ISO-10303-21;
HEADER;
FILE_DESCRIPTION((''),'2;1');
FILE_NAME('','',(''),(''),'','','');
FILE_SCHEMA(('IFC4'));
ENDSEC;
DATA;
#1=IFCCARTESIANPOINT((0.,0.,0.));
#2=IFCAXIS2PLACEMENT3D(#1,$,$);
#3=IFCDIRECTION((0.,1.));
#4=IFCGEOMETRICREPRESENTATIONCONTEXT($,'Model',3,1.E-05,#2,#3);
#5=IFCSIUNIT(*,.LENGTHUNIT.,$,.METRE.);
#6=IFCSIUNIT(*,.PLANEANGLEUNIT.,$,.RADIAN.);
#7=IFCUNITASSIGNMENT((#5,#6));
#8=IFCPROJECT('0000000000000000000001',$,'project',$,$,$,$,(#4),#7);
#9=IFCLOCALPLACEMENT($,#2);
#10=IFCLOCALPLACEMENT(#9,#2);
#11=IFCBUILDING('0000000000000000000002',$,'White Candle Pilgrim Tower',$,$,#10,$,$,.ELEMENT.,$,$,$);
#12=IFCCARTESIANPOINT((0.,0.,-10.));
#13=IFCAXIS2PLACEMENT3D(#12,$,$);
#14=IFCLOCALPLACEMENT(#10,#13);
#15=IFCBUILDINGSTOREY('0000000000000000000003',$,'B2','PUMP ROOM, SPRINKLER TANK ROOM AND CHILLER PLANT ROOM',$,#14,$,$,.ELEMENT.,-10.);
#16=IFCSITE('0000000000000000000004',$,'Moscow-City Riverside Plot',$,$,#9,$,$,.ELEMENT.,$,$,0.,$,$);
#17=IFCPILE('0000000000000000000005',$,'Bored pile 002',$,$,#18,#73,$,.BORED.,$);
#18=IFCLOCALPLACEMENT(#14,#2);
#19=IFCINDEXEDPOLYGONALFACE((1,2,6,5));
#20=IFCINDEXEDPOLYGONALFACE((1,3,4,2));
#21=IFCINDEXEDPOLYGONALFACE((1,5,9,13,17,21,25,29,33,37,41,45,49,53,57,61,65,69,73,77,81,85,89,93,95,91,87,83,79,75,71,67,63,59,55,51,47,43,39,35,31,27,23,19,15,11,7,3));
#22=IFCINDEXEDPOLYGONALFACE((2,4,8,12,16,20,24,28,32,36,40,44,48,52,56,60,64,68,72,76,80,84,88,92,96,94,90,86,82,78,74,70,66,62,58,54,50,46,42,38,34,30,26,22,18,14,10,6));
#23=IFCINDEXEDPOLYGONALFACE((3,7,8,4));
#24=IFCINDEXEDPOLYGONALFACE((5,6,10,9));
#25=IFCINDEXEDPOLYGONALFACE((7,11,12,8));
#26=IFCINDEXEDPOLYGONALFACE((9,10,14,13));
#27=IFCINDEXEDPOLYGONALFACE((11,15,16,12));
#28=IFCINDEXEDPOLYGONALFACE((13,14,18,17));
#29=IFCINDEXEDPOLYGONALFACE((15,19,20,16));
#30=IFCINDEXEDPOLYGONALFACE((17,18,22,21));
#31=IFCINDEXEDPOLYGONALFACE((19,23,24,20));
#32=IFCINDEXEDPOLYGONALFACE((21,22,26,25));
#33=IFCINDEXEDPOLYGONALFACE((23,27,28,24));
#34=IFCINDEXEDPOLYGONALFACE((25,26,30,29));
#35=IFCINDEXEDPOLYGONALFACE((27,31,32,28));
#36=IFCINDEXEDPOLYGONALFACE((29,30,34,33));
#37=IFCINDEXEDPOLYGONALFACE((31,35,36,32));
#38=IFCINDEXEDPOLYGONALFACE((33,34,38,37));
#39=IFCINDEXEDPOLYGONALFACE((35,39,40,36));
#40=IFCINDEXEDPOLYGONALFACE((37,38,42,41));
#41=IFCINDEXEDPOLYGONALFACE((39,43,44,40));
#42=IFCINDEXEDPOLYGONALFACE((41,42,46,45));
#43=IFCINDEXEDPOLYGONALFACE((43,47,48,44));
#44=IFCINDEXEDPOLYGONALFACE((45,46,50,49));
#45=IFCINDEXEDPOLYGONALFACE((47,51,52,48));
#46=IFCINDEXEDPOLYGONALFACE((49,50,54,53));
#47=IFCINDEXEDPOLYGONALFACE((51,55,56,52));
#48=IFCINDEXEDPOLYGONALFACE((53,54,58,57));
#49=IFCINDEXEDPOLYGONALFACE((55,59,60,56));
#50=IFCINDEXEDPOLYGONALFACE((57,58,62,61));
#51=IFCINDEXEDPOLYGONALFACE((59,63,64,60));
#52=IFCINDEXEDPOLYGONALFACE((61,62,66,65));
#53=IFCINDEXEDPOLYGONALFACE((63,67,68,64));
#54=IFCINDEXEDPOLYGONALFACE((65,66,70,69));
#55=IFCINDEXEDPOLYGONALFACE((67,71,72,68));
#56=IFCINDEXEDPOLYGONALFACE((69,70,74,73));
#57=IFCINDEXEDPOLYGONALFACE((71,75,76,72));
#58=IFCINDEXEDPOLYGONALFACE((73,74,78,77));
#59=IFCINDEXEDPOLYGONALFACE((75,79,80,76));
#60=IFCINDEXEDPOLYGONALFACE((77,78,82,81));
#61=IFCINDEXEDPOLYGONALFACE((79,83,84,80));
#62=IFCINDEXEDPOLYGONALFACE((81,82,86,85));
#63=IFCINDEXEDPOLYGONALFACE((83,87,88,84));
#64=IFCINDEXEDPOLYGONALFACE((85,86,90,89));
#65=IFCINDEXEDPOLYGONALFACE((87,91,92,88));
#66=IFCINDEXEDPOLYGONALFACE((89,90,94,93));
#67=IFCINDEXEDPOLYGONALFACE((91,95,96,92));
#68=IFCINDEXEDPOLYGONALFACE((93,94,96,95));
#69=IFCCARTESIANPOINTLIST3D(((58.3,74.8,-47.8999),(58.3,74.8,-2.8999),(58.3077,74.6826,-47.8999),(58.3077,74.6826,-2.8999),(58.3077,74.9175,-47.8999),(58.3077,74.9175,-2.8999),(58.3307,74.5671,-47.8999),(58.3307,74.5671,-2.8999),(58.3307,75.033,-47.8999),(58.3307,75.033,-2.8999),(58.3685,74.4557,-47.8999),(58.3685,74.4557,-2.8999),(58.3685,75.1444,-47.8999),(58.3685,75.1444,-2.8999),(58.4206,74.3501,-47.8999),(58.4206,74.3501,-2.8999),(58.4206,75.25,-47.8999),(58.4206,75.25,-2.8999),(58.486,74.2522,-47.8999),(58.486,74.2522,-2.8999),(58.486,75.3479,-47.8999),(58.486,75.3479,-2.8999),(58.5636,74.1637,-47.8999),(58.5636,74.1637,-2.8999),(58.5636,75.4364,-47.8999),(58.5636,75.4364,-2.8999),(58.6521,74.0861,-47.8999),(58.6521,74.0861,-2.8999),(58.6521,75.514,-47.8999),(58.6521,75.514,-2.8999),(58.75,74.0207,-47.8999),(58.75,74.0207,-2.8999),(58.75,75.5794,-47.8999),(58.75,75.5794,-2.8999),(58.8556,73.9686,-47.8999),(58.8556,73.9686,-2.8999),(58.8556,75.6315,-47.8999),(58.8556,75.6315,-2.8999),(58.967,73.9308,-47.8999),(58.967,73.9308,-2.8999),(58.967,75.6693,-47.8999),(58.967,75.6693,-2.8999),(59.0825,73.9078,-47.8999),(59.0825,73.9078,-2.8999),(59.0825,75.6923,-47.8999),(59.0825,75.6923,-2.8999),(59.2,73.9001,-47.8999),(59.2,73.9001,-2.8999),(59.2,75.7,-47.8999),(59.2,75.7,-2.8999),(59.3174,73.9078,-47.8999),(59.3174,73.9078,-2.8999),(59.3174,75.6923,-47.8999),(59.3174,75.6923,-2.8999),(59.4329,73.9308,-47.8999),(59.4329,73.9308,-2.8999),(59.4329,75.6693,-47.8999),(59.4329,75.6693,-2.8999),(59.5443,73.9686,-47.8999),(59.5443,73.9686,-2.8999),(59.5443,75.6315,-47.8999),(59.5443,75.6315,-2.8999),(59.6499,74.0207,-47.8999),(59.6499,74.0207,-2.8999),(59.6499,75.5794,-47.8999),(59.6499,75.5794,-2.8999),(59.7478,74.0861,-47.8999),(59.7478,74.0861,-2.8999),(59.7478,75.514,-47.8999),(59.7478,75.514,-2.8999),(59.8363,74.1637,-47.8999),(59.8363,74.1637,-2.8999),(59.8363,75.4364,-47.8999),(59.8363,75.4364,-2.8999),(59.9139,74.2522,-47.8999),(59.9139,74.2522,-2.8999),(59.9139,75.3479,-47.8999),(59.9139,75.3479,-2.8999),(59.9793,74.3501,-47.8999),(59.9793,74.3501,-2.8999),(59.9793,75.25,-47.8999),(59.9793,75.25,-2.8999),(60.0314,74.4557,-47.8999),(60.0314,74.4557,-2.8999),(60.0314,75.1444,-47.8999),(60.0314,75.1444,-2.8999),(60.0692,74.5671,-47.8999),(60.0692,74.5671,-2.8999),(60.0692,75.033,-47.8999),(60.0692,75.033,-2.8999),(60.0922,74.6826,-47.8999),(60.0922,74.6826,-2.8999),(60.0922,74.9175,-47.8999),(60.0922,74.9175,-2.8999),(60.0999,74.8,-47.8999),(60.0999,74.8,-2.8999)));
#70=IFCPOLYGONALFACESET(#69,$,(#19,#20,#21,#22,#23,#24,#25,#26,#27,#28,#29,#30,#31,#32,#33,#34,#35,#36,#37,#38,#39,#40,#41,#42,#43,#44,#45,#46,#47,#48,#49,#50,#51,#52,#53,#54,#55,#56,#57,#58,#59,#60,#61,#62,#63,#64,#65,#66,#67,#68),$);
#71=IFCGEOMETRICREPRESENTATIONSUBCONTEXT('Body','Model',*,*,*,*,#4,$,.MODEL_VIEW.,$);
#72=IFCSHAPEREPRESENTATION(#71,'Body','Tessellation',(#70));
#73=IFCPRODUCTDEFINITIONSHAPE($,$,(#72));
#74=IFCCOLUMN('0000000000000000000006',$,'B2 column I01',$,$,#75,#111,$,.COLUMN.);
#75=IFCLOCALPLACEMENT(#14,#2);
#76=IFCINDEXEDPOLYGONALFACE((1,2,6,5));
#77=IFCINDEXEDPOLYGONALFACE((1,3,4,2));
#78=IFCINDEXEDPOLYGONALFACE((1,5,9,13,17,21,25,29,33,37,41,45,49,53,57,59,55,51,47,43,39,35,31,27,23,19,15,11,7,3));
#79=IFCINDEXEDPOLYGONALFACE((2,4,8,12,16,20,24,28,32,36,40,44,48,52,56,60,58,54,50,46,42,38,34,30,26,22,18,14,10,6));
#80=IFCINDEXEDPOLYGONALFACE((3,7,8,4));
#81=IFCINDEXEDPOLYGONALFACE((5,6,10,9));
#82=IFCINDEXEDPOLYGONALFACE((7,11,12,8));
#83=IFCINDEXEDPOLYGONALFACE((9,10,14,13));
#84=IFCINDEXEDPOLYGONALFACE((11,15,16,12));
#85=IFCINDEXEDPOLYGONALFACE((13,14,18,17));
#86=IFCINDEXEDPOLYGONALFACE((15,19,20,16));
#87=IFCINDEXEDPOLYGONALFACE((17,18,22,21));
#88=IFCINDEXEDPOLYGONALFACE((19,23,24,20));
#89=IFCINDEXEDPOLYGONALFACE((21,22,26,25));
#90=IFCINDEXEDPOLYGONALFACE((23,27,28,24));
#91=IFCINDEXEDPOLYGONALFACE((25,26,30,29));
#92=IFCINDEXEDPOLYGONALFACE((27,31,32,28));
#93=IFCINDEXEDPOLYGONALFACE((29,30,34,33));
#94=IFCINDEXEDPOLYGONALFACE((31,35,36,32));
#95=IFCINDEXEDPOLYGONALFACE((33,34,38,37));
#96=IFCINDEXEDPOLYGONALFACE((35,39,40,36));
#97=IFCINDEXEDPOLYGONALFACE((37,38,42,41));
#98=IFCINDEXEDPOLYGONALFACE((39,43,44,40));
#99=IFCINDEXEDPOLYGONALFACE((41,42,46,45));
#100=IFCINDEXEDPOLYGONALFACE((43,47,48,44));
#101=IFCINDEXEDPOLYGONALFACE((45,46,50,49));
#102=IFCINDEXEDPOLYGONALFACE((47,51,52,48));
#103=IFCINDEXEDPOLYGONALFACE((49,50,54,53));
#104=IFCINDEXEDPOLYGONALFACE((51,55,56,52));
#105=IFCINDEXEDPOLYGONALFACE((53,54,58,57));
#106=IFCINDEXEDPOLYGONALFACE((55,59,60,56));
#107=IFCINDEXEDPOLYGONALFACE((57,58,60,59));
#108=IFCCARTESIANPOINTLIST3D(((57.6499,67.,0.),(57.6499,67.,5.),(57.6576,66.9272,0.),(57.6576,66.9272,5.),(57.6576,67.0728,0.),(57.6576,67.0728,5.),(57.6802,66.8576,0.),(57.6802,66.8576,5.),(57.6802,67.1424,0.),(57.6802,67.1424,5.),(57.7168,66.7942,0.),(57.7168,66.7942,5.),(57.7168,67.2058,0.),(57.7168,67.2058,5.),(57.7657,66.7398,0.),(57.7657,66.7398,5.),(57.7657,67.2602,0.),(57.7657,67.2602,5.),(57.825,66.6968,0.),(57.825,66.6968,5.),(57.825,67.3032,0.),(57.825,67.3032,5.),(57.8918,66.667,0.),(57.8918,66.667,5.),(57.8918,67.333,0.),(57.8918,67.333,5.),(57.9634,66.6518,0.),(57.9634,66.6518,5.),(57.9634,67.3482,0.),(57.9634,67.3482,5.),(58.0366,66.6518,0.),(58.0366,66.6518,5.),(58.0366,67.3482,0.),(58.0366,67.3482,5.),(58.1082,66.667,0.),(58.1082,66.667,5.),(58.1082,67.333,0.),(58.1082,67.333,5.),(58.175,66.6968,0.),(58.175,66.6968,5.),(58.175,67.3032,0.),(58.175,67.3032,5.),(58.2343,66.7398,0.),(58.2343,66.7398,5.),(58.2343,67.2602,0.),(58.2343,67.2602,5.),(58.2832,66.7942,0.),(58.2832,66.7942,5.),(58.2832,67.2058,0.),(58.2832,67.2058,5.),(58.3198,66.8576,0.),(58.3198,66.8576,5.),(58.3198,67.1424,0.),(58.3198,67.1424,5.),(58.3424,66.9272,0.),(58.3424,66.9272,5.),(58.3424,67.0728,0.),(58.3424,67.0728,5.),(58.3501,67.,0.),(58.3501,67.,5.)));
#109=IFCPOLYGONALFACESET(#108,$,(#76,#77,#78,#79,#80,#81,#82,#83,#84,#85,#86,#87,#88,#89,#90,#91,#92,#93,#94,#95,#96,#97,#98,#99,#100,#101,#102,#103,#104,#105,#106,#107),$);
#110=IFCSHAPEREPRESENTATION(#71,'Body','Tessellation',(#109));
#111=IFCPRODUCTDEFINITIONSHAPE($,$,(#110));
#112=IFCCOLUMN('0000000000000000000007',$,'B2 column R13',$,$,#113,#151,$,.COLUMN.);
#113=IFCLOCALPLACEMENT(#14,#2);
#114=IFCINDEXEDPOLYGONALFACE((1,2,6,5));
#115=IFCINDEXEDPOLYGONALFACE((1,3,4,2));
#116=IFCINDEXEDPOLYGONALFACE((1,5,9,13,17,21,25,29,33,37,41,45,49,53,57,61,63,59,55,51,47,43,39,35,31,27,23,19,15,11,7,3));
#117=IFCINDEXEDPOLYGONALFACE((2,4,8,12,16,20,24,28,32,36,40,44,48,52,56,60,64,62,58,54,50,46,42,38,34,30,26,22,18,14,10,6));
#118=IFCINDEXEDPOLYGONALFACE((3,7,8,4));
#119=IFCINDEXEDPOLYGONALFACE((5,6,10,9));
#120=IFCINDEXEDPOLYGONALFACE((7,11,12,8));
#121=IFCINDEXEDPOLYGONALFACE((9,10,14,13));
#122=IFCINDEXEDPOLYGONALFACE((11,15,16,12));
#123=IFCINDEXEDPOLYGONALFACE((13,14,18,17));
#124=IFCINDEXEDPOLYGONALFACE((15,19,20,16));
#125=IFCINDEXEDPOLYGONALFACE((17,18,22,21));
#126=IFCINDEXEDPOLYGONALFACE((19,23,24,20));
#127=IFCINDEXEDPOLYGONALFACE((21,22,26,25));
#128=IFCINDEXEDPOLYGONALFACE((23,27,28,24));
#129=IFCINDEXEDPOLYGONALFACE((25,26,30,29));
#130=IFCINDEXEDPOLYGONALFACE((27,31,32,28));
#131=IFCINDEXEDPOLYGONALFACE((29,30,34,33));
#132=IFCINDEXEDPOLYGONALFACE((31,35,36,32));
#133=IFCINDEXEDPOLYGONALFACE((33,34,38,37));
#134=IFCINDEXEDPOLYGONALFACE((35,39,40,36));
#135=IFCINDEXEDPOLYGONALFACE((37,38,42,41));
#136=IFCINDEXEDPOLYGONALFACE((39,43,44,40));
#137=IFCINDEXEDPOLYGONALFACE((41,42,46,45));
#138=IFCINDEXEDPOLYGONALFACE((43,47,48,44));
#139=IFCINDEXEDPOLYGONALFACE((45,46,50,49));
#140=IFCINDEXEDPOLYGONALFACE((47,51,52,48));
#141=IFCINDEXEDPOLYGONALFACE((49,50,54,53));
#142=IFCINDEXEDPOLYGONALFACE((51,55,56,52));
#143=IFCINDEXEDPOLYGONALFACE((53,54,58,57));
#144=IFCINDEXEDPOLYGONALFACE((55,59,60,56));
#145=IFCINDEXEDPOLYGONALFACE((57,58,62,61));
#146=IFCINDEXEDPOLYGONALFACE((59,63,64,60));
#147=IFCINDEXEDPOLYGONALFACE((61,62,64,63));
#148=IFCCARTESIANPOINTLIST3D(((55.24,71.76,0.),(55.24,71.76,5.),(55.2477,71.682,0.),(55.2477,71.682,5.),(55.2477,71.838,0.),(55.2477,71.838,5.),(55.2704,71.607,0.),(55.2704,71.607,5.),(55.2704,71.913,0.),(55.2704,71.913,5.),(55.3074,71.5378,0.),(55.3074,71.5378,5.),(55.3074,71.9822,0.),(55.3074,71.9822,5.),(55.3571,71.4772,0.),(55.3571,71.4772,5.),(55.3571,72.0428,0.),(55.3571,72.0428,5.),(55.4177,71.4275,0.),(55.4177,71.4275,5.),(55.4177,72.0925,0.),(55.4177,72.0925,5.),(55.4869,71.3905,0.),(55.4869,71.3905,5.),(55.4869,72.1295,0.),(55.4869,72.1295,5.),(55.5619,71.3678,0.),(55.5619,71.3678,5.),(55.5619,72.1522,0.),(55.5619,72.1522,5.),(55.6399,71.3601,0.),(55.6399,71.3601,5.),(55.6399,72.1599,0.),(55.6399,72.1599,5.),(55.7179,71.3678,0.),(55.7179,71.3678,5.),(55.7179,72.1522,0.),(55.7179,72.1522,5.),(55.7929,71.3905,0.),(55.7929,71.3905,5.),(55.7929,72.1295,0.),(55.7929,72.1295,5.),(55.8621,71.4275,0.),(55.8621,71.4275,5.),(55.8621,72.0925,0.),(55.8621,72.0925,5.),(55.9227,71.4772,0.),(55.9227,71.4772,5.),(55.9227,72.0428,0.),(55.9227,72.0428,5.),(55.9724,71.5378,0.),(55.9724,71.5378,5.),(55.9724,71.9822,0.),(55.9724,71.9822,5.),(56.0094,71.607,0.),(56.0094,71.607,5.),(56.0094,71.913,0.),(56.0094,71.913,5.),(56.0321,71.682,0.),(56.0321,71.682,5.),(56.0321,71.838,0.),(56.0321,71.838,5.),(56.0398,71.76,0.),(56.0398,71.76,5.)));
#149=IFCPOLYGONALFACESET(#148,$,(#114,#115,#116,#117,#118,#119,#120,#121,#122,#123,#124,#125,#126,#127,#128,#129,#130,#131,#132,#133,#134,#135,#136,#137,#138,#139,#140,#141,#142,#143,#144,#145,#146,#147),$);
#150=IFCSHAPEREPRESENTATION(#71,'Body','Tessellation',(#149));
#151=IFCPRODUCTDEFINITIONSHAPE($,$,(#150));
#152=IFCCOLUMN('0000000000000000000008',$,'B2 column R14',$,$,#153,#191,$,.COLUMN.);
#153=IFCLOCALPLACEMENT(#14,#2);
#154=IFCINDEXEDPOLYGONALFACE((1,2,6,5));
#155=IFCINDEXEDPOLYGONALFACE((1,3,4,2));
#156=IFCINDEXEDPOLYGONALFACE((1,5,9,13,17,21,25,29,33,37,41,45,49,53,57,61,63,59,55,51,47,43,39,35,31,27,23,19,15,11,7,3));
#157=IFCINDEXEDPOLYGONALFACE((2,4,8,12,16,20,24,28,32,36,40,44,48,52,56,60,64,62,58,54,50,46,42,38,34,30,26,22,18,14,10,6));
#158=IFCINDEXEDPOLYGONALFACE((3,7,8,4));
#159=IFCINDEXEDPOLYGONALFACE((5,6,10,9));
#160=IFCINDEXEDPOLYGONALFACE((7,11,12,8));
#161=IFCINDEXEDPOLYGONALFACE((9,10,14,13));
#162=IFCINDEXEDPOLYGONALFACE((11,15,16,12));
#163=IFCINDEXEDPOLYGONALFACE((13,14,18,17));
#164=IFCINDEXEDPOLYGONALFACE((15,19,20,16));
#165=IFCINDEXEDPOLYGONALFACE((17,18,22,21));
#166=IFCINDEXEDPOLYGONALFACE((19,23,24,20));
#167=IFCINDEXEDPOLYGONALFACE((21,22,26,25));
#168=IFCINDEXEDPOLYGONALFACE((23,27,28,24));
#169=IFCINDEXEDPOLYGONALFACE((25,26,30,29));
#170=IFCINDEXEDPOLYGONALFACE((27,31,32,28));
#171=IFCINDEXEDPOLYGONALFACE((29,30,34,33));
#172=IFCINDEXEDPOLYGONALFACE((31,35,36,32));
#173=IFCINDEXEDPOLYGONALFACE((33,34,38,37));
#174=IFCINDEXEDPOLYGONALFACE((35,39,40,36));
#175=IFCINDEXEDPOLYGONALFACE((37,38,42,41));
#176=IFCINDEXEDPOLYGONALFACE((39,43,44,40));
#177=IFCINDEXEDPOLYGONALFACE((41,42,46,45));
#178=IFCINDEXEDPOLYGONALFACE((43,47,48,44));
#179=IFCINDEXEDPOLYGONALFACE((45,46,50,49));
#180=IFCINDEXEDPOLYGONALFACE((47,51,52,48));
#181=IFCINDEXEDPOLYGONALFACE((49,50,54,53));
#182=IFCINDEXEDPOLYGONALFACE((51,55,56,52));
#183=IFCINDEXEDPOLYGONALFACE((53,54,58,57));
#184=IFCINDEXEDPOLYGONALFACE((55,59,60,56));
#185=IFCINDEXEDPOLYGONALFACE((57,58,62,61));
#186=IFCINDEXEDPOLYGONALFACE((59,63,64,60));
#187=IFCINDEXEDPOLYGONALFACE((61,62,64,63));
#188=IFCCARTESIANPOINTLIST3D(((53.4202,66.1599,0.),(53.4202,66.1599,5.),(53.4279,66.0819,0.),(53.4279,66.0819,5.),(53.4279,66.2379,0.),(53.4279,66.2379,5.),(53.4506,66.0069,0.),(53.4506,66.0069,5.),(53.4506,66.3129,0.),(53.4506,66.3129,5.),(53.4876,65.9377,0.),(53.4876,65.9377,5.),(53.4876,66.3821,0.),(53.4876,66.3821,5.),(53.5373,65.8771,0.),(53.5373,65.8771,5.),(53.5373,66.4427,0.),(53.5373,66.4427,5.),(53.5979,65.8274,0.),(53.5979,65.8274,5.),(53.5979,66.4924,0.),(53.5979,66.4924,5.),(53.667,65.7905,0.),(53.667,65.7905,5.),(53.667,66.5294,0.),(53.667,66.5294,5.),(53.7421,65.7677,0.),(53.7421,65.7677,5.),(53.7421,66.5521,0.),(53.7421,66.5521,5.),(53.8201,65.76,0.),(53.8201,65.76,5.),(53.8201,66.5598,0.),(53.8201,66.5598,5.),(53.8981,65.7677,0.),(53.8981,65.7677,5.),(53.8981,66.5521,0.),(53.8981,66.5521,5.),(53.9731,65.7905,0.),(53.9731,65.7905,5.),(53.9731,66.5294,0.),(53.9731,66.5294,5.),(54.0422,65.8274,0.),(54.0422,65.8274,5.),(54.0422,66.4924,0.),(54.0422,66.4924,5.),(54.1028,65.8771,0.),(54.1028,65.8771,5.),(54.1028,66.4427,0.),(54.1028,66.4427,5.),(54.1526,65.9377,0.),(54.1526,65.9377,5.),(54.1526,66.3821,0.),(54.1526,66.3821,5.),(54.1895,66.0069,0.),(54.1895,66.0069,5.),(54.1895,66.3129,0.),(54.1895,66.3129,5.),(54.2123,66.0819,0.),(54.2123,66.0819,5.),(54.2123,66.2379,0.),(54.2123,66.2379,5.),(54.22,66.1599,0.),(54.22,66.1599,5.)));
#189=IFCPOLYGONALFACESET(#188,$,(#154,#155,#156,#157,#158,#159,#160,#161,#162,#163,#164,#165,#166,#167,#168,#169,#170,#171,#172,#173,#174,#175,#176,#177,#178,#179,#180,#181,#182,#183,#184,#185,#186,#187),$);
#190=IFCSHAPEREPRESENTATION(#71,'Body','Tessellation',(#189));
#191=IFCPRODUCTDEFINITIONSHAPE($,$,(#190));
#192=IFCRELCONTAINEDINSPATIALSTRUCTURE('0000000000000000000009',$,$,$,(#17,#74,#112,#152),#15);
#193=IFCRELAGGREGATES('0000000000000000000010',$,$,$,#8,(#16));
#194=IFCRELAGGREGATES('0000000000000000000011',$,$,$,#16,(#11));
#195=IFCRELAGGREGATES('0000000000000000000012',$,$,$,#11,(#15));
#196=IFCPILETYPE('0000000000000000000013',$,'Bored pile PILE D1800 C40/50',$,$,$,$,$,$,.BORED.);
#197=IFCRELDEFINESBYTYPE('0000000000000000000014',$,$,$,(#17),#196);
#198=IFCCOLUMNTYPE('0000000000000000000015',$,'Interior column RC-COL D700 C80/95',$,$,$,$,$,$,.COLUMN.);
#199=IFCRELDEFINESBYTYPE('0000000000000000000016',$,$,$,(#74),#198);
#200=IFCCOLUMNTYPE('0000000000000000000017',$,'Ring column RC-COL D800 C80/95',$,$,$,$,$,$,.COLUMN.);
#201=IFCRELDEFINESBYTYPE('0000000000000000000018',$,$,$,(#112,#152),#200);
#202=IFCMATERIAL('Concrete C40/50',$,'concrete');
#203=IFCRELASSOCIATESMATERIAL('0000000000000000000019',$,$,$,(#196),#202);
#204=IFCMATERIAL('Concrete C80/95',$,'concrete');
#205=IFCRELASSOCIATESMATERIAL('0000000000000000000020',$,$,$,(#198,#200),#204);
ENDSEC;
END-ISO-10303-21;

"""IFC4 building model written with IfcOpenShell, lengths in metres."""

from ifc_helpers import new_model, si_unit, direction, frame, origin, origin_2d, place, context, subcontext, project, spatial, circle, extrude, material, material_profile, profile_set, type_object, element, save


model = new_model("IFC4")

# Units and contexts
model_context = context("Model", 3, precision=1e-05, world=origin(), true_north=direction((0.0, 1.0)))
body_context = subcontext(model_context, "Body", "Model", "MODEL_VIEW")
ifc_project = project(units=[si_unit("LENGTHUNIT", "METRE"), si_unit("PLANEANGLEUNIT", "RADIAN")], contexts=[model_context])

# Site, building, storey
site_placement = place(None, origin())
site = spatial("IfcSite", under=ifc_project, at=site_placement, Name="Moscow-City Riverside Plot", CompositionType="ELEMENT", RefElevation=0.0)
building_placement = place(site_placement, origin())
building = spatial("IfcBuilding", under=site, at=building_placement, Name="White Candle Pilgrim Tower", CompositionType="ELEMENT")
storey_placement = place(building_placement, frame((0.0, 0.0, -10.0)))
storey = spatial("IfcBuildingStorey", under=building, at=storey_placement, Name="B2", Description="PUMP ROOM, SPRINKLER TANK ROOM AND CHILLER PLANT ROOM", CompositionType="ELEMENT", Elevation=-10.0)

# Pile
ifc_material_1 = material(Name="Concrete C40/50", Category="concrete")
ifc_material_profile_1 = material_profile(ifc_material_1, circle(Radius=0.8999, at=origin_2d()), Name="PILE D1800")
ifc_profile_set_1 = profile_set([ifc_material_profile_1], Name="Concrete C40/50")
pile_type_1 = type_object("IfcPileType", Name="Bored pile PILE D1800 C40/50", PredefinedType="BORED", material=ifc_profile_set_1)
for number, where, z_axis, x_axis, name in (
    (1, (59.2, 74.8, -2.8999), (0.0, 0.0, -1.0), (1.0, 0.0, 0.0), "Bored pile 002"),
):
    element("IfcPile", number, at=place(storey_placement, frame(where, z_axis=z_axis, x_axis=x_axis)), inside=storey, type_object=pile_type_1, Name=name, PredefinedType="BORED", context=body_context, shape_type="SweptSolid", body=[
        extrude(circle(Radius=0.8999, at=origin_2d()), origin(), (0.0, 0.0, 1.0), 45.0),
    ])

# Columns
ifc_material_2 = material(Name="Concrete C80/95", Category="concrete")
ifc_material_profile_2 = material_profile(ifc_material_2, circle(Radius=0.3501, at=origin_2d()), Name="RC-COL D700")
ifc_profile_set_2 = profile_set([ifc_material_profile_2], Name="Concrete C80/95")
column_type_1 = type_object("IfcColumnType", Name="Interior column RC-COL D700 C80/95", PredefinedType="COLUMN", material=ifc_profile_set_2)
column_placement = place(storey_placement, frame((58.0, 67.0, 0.0), z_axis=(0.0, 0.0, 1.0), x_axis=(1.0, 0.0, 0.0)))
element("IfcColumn", 2, at=column_placement, inside=storey, type_object=column_type_1, Name="B2 column I01", PredefinedType="COLUMN", context=body_context, shape_type="SweptSolid", body=[
    extrude(circle(Radius=0.3501, at=origin_2d()), origin(), (0.0, 0.0, 1.0), 5.0),
])
ifc_material_profile_3 = material_profile(ifc_material_2, circle(Radius=0.3999, at=origin_2d()), Name="RC-COL D800")
ifc_profile_set_3 = profile_set([ifc_material_profile_3], Name="Concrete C80/95")
column_type_2 = type_object("IfcColumnType", Name="Ring column RC-COL D800 C80/95", PredefinedType="COLUMN", material=ifc_profile_set_3)
for number, where, z_axis, x_axis, name in (
    (3, (55.6399, 71.76, 0.0), (0.0, 0.0, 1.0), (1.0, 0.0, 0.0), "B2 column R13"),
    (4, (53.8201, 66.1599, 0.0), (0.0, 0.0, 1.0), (1.0, 0.0, 0.0), "B2 column R14"),
):
    element("IfcColumn", number, at=place(storey_placement, frame(where, z_axis=z_axis, x_axis=x_axis)), inside=storey, type_object=column_type_2, Name=name, PredefinedType="COLUMN", context=body_context, shape_type="SweptSolid", body=[
        extrude(circle(Radius=0.3999, at=origin_2d()), origin(), (0.0, 0.0, 1.0), 5.0),
    ])

save(model, "model.ifc")
